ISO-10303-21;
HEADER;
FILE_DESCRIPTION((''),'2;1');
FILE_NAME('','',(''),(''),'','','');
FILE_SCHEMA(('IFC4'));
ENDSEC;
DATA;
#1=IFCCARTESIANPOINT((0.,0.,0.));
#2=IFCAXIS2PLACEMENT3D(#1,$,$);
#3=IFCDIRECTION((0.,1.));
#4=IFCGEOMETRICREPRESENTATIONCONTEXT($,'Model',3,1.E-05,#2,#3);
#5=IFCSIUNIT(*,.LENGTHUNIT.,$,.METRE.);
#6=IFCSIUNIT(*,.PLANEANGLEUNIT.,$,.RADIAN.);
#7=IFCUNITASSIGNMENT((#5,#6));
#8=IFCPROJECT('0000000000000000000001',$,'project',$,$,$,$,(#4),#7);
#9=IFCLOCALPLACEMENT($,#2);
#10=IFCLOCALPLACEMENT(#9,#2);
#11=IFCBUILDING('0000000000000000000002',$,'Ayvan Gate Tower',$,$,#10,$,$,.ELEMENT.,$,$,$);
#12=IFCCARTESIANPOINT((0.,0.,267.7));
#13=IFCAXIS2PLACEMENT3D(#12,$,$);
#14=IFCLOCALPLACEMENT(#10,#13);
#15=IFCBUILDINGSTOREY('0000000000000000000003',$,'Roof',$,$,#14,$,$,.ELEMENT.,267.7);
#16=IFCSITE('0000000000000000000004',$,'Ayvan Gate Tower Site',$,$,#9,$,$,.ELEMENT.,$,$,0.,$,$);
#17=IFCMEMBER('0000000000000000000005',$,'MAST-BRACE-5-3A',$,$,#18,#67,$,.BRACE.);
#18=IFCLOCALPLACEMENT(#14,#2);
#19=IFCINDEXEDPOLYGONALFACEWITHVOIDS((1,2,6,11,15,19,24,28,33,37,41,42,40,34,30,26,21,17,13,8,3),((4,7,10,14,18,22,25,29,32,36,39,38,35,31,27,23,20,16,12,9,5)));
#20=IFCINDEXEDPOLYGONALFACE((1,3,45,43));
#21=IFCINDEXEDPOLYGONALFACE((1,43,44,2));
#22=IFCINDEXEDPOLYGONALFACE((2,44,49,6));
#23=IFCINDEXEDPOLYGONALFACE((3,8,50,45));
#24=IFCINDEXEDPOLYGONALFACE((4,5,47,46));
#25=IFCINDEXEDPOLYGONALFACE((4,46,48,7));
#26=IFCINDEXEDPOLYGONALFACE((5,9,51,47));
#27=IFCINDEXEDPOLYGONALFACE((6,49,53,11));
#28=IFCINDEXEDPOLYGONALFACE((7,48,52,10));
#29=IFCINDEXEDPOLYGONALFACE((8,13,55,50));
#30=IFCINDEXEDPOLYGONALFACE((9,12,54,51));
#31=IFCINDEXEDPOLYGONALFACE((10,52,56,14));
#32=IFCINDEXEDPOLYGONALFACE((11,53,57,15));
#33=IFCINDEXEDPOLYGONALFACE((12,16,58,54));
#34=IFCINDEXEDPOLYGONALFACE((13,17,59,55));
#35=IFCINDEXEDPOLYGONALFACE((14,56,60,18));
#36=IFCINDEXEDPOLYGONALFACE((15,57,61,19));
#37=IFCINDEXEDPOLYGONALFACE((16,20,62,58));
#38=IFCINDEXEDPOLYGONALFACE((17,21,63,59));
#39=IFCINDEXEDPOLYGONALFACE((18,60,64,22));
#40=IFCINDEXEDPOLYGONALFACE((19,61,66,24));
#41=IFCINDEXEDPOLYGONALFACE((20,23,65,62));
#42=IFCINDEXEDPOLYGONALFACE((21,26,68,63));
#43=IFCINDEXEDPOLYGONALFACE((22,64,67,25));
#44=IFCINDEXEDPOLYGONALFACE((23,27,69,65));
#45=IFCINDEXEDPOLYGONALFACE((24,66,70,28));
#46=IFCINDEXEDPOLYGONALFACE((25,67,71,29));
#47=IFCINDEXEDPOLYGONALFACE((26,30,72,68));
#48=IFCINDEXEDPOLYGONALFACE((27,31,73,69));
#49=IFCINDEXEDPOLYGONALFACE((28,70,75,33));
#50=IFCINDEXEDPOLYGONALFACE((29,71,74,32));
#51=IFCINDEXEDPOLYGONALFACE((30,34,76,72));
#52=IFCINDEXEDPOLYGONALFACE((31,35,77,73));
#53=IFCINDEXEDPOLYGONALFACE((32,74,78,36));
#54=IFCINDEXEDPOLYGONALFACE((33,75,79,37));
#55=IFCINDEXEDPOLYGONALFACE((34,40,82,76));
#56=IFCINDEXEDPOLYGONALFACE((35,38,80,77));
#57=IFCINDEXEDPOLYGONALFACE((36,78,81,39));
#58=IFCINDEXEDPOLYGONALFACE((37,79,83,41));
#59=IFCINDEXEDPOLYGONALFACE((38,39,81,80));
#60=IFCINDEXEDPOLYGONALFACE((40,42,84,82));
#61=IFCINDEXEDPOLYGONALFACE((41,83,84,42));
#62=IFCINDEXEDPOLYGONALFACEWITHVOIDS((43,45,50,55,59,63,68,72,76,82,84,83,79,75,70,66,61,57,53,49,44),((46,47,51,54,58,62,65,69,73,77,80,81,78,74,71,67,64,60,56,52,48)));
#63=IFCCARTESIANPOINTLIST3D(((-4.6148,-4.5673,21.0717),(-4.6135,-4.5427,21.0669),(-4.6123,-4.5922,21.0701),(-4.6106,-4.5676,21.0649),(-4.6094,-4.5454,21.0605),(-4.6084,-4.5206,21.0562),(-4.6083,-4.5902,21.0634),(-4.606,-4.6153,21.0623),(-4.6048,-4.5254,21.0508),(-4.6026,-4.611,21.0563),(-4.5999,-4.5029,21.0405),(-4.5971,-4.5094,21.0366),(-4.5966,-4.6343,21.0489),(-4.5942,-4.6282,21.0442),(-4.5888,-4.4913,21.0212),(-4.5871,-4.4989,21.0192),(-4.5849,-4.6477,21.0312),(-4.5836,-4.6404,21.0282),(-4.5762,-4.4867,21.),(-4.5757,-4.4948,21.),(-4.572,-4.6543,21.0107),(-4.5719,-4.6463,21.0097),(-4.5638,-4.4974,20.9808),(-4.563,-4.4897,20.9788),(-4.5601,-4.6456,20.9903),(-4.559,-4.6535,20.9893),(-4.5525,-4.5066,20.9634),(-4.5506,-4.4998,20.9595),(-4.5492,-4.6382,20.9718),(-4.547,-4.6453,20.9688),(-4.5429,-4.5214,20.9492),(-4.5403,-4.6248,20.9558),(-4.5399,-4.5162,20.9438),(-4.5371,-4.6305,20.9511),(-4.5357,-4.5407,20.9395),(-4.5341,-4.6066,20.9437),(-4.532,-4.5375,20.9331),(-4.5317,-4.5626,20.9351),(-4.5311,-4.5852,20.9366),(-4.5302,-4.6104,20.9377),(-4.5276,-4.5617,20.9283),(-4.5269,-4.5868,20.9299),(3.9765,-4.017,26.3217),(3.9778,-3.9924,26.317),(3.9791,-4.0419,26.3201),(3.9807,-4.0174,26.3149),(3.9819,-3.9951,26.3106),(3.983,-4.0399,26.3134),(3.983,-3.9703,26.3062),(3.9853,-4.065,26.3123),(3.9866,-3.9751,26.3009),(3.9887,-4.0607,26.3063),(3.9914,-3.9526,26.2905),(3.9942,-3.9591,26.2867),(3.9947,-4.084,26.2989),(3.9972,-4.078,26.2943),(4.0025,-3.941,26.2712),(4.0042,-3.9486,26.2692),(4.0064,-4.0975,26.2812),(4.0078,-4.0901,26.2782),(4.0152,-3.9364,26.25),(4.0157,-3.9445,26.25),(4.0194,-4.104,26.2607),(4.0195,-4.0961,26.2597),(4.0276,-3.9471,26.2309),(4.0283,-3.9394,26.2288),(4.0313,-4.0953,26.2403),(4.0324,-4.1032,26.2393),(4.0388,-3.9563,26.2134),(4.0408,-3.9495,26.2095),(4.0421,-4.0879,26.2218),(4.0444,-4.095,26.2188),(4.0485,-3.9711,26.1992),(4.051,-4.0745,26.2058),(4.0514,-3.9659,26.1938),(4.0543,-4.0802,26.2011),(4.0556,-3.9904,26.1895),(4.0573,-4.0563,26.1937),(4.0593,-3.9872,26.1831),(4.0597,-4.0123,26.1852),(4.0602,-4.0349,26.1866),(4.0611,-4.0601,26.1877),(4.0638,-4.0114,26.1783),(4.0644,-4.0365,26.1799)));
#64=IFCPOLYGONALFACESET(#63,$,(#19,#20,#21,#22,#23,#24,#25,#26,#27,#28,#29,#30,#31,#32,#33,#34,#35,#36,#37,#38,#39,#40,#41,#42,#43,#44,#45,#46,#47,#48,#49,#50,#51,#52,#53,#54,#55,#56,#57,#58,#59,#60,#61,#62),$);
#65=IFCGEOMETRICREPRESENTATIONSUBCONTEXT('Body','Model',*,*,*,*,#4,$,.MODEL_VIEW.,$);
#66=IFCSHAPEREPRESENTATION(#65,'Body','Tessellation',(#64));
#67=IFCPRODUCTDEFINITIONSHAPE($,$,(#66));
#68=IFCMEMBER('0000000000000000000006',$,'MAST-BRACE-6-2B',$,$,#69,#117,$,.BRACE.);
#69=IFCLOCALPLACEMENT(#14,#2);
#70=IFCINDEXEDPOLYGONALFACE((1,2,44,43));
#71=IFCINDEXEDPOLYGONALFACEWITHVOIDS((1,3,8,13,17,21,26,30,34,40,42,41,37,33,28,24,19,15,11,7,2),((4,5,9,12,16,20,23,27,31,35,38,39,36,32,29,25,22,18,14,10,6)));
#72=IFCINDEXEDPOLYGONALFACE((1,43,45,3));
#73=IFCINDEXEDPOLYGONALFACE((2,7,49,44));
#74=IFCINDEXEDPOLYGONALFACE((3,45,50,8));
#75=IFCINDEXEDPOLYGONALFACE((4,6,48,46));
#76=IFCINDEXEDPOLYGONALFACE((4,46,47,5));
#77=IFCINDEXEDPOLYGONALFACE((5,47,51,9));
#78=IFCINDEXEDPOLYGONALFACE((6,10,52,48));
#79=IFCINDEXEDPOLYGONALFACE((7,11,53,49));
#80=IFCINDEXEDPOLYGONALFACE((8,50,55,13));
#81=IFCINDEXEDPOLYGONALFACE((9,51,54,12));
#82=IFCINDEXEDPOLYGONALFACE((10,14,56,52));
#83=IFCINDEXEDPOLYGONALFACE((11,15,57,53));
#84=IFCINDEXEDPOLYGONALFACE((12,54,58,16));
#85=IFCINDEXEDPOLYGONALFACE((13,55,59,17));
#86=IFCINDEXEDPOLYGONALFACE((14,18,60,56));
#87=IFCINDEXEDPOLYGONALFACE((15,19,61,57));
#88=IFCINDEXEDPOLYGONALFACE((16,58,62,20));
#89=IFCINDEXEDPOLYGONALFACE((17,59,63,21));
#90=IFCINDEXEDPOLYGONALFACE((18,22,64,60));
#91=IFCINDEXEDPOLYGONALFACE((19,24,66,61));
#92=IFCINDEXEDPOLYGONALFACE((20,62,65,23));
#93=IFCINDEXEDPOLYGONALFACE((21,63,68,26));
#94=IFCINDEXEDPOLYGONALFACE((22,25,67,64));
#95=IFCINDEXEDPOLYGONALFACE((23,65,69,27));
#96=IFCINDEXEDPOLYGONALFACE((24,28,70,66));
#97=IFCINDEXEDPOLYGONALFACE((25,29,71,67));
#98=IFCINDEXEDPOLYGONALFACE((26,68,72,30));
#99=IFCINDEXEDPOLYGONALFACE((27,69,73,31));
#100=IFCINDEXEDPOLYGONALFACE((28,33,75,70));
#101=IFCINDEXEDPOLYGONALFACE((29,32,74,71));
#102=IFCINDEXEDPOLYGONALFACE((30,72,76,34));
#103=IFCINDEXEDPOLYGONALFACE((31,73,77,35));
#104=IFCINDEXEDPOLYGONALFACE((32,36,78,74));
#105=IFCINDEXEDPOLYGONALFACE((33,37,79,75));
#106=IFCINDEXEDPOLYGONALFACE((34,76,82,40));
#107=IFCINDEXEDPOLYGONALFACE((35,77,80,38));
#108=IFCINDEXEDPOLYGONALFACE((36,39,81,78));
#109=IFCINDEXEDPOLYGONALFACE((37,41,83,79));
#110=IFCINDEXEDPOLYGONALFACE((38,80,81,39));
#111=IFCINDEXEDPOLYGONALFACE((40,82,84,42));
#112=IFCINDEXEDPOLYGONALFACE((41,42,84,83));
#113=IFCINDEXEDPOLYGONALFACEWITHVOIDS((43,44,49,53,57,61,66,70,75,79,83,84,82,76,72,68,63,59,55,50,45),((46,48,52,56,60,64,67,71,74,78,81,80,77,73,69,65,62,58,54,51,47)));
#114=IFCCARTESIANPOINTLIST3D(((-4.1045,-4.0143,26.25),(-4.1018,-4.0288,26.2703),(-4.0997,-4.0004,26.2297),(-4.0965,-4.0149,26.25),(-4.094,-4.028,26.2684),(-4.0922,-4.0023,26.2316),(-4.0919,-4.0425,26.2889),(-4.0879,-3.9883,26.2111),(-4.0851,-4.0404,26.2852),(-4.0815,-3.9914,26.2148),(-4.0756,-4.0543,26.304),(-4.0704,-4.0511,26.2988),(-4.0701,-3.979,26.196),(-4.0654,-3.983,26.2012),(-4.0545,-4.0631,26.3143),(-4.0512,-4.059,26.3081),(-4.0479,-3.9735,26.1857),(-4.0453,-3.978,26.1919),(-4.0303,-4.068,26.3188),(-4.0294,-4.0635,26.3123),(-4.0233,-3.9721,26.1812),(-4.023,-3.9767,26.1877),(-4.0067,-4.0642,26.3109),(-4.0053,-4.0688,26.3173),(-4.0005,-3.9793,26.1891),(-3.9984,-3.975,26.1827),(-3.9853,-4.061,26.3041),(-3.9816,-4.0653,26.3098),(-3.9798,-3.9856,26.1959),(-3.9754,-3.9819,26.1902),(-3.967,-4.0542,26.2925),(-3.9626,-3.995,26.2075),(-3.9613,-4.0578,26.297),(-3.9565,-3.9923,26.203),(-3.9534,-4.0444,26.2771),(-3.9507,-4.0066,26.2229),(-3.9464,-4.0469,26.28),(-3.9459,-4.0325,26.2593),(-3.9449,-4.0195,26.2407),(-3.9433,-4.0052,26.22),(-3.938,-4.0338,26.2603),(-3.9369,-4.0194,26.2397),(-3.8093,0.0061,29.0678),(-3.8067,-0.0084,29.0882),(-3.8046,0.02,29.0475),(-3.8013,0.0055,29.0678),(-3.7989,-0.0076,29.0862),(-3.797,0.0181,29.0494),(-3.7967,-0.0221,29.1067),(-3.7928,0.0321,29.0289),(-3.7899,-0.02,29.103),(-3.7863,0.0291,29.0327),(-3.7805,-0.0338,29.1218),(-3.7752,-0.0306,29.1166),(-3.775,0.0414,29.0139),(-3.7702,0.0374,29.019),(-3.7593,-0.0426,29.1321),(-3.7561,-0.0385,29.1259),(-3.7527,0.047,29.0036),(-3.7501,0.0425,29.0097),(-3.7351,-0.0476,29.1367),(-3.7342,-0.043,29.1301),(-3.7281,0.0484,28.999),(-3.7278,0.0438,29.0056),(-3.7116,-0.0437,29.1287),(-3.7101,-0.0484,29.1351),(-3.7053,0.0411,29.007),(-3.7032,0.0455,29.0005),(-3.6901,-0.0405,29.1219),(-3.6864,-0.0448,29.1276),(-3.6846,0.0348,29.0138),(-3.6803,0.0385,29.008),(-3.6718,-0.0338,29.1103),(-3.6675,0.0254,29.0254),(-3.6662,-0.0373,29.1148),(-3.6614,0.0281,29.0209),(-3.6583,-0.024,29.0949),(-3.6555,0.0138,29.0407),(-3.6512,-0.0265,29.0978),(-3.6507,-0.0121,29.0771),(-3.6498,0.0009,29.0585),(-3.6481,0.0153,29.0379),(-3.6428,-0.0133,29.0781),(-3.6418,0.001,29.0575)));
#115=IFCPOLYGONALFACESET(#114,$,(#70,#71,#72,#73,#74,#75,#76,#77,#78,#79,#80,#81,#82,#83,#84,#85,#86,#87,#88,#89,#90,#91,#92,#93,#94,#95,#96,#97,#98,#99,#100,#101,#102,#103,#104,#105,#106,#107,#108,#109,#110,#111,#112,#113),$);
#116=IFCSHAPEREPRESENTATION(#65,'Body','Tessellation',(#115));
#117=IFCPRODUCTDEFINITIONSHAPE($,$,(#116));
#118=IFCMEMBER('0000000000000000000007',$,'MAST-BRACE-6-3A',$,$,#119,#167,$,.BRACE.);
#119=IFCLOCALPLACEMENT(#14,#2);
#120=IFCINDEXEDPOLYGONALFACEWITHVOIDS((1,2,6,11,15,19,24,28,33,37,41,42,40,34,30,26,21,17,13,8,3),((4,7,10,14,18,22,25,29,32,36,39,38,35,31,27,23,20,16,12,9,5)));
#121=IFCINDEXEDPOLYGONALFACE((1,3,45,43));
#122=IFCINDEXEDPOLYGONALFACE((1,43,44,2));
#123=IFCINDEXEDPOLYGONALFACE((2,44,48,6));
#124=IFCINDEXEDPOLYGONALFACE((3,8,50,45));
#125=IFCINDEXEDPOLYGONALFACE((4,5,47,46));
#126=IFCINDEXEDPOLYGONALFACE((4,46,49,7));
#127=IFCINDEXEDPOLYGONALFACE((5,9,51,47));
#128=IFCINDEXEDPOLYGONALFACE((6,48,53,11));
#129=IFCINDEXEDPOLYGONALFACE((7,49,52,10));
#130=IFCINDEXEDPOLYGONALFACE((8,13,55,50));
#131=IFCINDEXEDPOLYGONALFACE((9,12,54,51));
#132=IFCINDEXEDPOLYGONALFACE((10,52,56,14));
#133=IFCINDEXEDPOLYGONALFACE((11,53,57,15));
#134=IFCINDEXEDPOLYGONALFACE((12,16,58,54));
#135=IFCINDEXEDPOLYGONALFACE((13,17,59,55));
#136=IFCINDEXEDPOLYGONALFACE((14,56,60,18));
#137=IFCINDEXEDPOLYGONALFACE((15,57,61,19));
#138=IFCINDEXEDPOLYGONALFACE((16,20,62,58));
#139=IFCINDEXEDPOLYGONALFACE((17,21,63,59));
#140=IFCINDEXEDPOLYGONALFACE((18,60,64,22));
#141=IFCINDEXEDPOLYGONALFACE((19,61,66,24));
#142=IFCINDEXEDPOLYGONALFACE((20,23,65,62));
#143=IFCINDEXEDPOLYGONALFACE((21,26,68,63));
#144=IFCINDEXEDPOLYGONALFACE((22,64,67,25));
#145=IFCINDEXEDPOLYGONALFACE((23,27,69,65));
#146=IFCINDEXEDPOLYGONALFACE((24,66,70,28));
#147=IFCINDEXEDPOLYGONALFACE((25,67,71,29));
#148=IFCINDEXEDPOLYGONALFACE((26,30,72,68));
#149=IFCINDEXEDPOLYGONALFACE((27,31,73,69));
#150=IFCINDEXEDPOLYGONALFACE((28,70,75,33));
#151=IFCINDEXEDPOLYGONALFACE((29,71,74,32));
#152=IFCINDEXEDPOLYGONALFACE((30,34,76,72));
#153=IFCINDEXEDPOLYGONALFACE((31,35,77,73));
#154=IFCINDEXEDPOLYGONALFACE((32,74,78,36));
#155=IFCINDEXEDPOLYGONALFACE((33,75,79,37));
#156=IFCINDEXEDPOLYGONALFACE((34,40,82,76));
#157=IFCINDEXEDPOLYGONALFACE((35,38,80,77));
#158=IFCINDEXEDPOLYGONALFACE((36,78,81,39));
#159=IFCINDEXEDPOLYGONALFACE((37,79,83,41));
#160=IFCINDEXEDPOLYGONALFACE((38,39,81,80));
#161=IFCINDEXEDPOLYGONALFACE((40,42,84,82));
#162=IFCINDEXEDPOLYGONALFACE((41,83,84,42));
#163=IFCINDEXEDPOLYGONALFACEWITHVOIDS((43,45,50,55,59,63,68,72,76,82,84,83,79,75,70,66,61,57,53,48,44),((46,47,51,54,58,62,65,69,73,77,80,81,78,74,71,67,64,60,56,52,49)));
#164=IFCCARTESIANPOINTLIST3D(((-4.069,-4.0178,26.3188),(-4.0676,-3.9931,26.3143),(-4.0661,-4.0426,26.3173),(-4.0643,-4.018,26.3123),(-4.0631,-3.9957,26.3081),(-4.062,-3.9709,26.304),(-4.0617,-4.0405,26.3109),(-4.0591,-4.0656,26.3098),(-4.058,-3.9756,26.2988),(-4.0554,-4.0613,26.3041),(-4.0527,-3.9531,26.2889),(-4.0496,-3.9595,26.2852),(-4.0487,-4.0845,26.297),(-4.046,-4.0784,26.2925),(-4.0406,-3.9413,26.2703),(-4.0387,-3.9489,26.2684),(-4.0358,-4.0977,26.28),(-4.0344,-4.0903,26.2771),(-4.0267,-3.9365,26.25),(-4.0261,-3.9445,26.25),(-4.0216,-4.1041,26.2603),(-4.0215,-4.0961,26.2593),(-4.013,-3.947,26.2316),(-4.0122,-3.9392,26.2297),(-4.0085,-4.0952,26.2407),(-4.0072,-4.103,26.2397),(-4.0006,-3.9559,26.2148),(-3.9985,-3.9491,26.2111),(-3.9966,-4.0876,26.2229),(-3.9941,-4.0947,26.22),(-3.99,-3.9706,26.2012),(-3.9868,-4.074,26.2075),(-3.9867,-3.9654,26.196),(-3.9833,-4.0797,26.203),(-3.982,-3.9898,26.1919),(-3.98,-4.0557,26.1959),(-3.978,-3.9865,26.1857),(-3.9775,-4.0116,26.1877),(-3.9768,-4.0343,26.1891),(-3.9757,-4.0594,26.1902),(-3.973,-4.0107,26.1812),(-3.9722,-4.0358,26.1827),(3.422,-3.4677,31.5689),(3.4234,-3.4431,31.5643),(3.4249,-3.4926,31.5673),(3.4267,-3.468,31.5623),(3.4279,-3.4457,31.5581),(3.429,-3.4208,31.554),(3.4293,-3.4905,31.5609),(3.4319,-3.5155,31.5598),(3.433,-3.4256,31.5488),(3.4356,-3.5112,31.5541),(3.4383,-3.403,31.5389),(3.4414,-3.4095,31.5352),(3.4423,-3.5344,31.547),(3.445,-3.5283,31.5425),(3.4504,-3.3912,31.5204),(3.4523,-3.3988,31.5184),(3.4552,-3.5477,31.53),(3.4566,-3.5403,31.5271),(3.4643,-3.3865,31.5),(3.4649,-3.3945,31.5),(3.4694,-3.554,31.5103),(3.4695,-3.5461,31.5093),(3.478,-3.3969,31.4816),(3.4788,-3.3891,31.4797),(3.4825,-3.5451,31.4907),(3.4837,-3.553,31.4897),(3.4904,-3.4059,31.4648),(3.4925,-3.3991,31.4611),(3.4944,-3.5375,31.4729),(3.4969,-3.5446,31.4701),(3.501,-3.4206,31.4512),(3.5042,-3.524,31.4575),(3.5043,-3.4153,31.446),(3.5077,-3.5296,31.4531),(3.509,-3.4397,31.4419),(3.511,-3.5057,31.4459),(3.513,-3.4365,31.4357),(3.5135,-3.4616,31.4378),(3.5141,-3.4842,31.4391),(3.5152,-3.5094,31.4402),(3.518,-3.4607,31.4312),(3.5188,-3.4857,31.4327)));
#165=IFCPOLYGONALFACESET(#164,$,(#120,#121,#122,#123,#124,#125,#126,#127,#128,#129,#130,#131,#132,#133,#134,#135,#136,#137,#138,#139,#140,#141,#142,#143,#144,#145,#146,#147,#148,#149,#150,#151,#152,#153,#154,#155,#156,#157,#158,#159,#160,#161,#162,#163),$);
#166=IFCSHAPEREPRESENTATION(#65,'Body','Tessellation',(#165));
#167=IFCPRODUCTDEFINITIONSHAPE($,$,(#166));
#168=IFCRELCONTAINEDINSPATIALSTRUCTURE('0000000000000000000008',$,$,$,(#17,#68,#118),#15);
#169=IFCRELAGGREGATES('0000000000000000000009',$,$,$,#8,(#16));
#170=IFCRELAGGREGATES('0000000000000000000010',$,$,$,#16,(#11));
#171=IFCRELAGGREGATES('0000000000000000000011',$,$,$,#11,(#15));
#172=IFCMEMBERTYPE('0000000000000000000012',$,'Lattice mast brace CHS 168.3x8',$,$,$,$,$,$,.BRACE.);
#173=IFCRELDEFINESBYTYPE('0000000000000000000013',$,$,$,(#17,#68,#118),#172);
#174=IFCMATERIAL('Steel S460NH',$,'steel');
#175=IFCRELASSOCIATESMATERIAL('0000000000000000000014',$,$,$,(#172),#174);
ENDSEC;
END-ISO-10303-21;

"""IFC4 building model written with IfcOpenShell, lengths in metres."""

from ifc_helpers import new_model, si_unit, direction, frame, origin, origin_2d, place, context, subcontext, project, spatial, hollow_circle, extrude, material, material_profile, profile_set, type_object, element, save


model = new_model("IFC4")

# Units and contexts
model_context = context("Model", 3, precision=1e-05, world=origin(), true_north=direction((0.0, 1.0)))
body_context = subcontext(model_context, "Body", "Model", "MODEL_VIEW")
ifc_project = project(units=[si_unit("LENGTHUNIT", "METRE"), si_unit("PLANEANGLEUNIT", "RADIAN")], contexts=[model_context])

# Site, building, storey
site_placement = place(None, origin())
site = spatial("IfcSite", under=ifc_project, at=site_placement, Name="Ayvan Gate Tower Site", CompositionType="ELEMENT", RefElevation=0.0)
building_placement = place(site_placement, origin())
building = spatial("IfcBuilding", under=site, at=building_placement, Name="Ayvan Gate Tower", CompositionType="ELEMENT")
storey_placement = place(building_placement, frame((0.0, 0.0, 267.7)))
storey = spatial("IfcBuildingStorey", under=building, at=storey_placement, Name="Roof", CompositionType="ELEMENT", Elevation=267.7)

# Members
ifc_material_1 = material(Name="Steel S460NH", Category="steel")
ifc_material_profile_1 = material_profile(ifc_material_1, hollow_circle(Radius=0.0842, WallThickness=0.0081, at=origin_2d()), Name="CHS 168.3x8")
ifc_profile_set_1 = profile_set([ifc_material_profile_1], Name="Steel S460NH")
member_type_1 = type_object("IfcMemberType", Name="Lattice mast brace CHS 168.3x8", PredefinedType="BRACE", material=ifc_profile_set_1)
member_1_placement = place(storey_placement, frame((-4.5708, -4.5708, 21.0), z_axis=(0.852021, 0.054574, 0.520655), x_axis=(-0.063921, 0.997955, 0.0)))
element("IfcMember", 1, at=member_1_placement, inside=storey, type_object=member_type_1, Name="MAST-BRACE-5-3A", PredefinedType="BRACE", context=body_context, shape_type="SweptSolid", body=[
    extrude(hollow_circle(Radius=0.0842, WallThickness=0.0081, at=origin_2d()), origin(), (0.0, 0.0, 1.0), 10.0835),
])
member_2_placement = place(storey_placement, frame((-4.0205, -4.0205, 26.25), z_axis=(0.060011, 0.817419, 0.572908), x_axis=(-0.997316, 0.073218, 0.0)))
element("IfcMember", 2, at=member_2_placement, inside=storey, type_object=member_type_1, Name="MAST-BRACE-6-2B", PredefinedType="BRACE", context=body_context, shape_type="SweptSolid", body=[
    extrude(hollow_circle(Radius=0.0842, WallThickness=0.0081, at=origin_2d()), origin(), (0.0, 0.0, 1.0), 4.9185),
])
member_3_placement = place(storey_placement, frame((-4.0205, -4.0205, 26.25), z_axis=(0.817431, 0.060023, 0.572891), x_axis=(-0.073231, 0.997315, 0.0)))
element("IfcMember", 3, at=member_3_placement, inside=storey, type_object=member_type_1, Name="MAST-BRACE-6-3A", PredefinedType="BRACE", context=body_context, shape_type="SweptSolid", body=[
    extrude(hollow_circle(Radius=0.0842, WallThickness=0.0081, at=origin_2d()), origin(), (0.0, 0.0, 1.0), 9.1641),
])

save(model, "model.ifc")
